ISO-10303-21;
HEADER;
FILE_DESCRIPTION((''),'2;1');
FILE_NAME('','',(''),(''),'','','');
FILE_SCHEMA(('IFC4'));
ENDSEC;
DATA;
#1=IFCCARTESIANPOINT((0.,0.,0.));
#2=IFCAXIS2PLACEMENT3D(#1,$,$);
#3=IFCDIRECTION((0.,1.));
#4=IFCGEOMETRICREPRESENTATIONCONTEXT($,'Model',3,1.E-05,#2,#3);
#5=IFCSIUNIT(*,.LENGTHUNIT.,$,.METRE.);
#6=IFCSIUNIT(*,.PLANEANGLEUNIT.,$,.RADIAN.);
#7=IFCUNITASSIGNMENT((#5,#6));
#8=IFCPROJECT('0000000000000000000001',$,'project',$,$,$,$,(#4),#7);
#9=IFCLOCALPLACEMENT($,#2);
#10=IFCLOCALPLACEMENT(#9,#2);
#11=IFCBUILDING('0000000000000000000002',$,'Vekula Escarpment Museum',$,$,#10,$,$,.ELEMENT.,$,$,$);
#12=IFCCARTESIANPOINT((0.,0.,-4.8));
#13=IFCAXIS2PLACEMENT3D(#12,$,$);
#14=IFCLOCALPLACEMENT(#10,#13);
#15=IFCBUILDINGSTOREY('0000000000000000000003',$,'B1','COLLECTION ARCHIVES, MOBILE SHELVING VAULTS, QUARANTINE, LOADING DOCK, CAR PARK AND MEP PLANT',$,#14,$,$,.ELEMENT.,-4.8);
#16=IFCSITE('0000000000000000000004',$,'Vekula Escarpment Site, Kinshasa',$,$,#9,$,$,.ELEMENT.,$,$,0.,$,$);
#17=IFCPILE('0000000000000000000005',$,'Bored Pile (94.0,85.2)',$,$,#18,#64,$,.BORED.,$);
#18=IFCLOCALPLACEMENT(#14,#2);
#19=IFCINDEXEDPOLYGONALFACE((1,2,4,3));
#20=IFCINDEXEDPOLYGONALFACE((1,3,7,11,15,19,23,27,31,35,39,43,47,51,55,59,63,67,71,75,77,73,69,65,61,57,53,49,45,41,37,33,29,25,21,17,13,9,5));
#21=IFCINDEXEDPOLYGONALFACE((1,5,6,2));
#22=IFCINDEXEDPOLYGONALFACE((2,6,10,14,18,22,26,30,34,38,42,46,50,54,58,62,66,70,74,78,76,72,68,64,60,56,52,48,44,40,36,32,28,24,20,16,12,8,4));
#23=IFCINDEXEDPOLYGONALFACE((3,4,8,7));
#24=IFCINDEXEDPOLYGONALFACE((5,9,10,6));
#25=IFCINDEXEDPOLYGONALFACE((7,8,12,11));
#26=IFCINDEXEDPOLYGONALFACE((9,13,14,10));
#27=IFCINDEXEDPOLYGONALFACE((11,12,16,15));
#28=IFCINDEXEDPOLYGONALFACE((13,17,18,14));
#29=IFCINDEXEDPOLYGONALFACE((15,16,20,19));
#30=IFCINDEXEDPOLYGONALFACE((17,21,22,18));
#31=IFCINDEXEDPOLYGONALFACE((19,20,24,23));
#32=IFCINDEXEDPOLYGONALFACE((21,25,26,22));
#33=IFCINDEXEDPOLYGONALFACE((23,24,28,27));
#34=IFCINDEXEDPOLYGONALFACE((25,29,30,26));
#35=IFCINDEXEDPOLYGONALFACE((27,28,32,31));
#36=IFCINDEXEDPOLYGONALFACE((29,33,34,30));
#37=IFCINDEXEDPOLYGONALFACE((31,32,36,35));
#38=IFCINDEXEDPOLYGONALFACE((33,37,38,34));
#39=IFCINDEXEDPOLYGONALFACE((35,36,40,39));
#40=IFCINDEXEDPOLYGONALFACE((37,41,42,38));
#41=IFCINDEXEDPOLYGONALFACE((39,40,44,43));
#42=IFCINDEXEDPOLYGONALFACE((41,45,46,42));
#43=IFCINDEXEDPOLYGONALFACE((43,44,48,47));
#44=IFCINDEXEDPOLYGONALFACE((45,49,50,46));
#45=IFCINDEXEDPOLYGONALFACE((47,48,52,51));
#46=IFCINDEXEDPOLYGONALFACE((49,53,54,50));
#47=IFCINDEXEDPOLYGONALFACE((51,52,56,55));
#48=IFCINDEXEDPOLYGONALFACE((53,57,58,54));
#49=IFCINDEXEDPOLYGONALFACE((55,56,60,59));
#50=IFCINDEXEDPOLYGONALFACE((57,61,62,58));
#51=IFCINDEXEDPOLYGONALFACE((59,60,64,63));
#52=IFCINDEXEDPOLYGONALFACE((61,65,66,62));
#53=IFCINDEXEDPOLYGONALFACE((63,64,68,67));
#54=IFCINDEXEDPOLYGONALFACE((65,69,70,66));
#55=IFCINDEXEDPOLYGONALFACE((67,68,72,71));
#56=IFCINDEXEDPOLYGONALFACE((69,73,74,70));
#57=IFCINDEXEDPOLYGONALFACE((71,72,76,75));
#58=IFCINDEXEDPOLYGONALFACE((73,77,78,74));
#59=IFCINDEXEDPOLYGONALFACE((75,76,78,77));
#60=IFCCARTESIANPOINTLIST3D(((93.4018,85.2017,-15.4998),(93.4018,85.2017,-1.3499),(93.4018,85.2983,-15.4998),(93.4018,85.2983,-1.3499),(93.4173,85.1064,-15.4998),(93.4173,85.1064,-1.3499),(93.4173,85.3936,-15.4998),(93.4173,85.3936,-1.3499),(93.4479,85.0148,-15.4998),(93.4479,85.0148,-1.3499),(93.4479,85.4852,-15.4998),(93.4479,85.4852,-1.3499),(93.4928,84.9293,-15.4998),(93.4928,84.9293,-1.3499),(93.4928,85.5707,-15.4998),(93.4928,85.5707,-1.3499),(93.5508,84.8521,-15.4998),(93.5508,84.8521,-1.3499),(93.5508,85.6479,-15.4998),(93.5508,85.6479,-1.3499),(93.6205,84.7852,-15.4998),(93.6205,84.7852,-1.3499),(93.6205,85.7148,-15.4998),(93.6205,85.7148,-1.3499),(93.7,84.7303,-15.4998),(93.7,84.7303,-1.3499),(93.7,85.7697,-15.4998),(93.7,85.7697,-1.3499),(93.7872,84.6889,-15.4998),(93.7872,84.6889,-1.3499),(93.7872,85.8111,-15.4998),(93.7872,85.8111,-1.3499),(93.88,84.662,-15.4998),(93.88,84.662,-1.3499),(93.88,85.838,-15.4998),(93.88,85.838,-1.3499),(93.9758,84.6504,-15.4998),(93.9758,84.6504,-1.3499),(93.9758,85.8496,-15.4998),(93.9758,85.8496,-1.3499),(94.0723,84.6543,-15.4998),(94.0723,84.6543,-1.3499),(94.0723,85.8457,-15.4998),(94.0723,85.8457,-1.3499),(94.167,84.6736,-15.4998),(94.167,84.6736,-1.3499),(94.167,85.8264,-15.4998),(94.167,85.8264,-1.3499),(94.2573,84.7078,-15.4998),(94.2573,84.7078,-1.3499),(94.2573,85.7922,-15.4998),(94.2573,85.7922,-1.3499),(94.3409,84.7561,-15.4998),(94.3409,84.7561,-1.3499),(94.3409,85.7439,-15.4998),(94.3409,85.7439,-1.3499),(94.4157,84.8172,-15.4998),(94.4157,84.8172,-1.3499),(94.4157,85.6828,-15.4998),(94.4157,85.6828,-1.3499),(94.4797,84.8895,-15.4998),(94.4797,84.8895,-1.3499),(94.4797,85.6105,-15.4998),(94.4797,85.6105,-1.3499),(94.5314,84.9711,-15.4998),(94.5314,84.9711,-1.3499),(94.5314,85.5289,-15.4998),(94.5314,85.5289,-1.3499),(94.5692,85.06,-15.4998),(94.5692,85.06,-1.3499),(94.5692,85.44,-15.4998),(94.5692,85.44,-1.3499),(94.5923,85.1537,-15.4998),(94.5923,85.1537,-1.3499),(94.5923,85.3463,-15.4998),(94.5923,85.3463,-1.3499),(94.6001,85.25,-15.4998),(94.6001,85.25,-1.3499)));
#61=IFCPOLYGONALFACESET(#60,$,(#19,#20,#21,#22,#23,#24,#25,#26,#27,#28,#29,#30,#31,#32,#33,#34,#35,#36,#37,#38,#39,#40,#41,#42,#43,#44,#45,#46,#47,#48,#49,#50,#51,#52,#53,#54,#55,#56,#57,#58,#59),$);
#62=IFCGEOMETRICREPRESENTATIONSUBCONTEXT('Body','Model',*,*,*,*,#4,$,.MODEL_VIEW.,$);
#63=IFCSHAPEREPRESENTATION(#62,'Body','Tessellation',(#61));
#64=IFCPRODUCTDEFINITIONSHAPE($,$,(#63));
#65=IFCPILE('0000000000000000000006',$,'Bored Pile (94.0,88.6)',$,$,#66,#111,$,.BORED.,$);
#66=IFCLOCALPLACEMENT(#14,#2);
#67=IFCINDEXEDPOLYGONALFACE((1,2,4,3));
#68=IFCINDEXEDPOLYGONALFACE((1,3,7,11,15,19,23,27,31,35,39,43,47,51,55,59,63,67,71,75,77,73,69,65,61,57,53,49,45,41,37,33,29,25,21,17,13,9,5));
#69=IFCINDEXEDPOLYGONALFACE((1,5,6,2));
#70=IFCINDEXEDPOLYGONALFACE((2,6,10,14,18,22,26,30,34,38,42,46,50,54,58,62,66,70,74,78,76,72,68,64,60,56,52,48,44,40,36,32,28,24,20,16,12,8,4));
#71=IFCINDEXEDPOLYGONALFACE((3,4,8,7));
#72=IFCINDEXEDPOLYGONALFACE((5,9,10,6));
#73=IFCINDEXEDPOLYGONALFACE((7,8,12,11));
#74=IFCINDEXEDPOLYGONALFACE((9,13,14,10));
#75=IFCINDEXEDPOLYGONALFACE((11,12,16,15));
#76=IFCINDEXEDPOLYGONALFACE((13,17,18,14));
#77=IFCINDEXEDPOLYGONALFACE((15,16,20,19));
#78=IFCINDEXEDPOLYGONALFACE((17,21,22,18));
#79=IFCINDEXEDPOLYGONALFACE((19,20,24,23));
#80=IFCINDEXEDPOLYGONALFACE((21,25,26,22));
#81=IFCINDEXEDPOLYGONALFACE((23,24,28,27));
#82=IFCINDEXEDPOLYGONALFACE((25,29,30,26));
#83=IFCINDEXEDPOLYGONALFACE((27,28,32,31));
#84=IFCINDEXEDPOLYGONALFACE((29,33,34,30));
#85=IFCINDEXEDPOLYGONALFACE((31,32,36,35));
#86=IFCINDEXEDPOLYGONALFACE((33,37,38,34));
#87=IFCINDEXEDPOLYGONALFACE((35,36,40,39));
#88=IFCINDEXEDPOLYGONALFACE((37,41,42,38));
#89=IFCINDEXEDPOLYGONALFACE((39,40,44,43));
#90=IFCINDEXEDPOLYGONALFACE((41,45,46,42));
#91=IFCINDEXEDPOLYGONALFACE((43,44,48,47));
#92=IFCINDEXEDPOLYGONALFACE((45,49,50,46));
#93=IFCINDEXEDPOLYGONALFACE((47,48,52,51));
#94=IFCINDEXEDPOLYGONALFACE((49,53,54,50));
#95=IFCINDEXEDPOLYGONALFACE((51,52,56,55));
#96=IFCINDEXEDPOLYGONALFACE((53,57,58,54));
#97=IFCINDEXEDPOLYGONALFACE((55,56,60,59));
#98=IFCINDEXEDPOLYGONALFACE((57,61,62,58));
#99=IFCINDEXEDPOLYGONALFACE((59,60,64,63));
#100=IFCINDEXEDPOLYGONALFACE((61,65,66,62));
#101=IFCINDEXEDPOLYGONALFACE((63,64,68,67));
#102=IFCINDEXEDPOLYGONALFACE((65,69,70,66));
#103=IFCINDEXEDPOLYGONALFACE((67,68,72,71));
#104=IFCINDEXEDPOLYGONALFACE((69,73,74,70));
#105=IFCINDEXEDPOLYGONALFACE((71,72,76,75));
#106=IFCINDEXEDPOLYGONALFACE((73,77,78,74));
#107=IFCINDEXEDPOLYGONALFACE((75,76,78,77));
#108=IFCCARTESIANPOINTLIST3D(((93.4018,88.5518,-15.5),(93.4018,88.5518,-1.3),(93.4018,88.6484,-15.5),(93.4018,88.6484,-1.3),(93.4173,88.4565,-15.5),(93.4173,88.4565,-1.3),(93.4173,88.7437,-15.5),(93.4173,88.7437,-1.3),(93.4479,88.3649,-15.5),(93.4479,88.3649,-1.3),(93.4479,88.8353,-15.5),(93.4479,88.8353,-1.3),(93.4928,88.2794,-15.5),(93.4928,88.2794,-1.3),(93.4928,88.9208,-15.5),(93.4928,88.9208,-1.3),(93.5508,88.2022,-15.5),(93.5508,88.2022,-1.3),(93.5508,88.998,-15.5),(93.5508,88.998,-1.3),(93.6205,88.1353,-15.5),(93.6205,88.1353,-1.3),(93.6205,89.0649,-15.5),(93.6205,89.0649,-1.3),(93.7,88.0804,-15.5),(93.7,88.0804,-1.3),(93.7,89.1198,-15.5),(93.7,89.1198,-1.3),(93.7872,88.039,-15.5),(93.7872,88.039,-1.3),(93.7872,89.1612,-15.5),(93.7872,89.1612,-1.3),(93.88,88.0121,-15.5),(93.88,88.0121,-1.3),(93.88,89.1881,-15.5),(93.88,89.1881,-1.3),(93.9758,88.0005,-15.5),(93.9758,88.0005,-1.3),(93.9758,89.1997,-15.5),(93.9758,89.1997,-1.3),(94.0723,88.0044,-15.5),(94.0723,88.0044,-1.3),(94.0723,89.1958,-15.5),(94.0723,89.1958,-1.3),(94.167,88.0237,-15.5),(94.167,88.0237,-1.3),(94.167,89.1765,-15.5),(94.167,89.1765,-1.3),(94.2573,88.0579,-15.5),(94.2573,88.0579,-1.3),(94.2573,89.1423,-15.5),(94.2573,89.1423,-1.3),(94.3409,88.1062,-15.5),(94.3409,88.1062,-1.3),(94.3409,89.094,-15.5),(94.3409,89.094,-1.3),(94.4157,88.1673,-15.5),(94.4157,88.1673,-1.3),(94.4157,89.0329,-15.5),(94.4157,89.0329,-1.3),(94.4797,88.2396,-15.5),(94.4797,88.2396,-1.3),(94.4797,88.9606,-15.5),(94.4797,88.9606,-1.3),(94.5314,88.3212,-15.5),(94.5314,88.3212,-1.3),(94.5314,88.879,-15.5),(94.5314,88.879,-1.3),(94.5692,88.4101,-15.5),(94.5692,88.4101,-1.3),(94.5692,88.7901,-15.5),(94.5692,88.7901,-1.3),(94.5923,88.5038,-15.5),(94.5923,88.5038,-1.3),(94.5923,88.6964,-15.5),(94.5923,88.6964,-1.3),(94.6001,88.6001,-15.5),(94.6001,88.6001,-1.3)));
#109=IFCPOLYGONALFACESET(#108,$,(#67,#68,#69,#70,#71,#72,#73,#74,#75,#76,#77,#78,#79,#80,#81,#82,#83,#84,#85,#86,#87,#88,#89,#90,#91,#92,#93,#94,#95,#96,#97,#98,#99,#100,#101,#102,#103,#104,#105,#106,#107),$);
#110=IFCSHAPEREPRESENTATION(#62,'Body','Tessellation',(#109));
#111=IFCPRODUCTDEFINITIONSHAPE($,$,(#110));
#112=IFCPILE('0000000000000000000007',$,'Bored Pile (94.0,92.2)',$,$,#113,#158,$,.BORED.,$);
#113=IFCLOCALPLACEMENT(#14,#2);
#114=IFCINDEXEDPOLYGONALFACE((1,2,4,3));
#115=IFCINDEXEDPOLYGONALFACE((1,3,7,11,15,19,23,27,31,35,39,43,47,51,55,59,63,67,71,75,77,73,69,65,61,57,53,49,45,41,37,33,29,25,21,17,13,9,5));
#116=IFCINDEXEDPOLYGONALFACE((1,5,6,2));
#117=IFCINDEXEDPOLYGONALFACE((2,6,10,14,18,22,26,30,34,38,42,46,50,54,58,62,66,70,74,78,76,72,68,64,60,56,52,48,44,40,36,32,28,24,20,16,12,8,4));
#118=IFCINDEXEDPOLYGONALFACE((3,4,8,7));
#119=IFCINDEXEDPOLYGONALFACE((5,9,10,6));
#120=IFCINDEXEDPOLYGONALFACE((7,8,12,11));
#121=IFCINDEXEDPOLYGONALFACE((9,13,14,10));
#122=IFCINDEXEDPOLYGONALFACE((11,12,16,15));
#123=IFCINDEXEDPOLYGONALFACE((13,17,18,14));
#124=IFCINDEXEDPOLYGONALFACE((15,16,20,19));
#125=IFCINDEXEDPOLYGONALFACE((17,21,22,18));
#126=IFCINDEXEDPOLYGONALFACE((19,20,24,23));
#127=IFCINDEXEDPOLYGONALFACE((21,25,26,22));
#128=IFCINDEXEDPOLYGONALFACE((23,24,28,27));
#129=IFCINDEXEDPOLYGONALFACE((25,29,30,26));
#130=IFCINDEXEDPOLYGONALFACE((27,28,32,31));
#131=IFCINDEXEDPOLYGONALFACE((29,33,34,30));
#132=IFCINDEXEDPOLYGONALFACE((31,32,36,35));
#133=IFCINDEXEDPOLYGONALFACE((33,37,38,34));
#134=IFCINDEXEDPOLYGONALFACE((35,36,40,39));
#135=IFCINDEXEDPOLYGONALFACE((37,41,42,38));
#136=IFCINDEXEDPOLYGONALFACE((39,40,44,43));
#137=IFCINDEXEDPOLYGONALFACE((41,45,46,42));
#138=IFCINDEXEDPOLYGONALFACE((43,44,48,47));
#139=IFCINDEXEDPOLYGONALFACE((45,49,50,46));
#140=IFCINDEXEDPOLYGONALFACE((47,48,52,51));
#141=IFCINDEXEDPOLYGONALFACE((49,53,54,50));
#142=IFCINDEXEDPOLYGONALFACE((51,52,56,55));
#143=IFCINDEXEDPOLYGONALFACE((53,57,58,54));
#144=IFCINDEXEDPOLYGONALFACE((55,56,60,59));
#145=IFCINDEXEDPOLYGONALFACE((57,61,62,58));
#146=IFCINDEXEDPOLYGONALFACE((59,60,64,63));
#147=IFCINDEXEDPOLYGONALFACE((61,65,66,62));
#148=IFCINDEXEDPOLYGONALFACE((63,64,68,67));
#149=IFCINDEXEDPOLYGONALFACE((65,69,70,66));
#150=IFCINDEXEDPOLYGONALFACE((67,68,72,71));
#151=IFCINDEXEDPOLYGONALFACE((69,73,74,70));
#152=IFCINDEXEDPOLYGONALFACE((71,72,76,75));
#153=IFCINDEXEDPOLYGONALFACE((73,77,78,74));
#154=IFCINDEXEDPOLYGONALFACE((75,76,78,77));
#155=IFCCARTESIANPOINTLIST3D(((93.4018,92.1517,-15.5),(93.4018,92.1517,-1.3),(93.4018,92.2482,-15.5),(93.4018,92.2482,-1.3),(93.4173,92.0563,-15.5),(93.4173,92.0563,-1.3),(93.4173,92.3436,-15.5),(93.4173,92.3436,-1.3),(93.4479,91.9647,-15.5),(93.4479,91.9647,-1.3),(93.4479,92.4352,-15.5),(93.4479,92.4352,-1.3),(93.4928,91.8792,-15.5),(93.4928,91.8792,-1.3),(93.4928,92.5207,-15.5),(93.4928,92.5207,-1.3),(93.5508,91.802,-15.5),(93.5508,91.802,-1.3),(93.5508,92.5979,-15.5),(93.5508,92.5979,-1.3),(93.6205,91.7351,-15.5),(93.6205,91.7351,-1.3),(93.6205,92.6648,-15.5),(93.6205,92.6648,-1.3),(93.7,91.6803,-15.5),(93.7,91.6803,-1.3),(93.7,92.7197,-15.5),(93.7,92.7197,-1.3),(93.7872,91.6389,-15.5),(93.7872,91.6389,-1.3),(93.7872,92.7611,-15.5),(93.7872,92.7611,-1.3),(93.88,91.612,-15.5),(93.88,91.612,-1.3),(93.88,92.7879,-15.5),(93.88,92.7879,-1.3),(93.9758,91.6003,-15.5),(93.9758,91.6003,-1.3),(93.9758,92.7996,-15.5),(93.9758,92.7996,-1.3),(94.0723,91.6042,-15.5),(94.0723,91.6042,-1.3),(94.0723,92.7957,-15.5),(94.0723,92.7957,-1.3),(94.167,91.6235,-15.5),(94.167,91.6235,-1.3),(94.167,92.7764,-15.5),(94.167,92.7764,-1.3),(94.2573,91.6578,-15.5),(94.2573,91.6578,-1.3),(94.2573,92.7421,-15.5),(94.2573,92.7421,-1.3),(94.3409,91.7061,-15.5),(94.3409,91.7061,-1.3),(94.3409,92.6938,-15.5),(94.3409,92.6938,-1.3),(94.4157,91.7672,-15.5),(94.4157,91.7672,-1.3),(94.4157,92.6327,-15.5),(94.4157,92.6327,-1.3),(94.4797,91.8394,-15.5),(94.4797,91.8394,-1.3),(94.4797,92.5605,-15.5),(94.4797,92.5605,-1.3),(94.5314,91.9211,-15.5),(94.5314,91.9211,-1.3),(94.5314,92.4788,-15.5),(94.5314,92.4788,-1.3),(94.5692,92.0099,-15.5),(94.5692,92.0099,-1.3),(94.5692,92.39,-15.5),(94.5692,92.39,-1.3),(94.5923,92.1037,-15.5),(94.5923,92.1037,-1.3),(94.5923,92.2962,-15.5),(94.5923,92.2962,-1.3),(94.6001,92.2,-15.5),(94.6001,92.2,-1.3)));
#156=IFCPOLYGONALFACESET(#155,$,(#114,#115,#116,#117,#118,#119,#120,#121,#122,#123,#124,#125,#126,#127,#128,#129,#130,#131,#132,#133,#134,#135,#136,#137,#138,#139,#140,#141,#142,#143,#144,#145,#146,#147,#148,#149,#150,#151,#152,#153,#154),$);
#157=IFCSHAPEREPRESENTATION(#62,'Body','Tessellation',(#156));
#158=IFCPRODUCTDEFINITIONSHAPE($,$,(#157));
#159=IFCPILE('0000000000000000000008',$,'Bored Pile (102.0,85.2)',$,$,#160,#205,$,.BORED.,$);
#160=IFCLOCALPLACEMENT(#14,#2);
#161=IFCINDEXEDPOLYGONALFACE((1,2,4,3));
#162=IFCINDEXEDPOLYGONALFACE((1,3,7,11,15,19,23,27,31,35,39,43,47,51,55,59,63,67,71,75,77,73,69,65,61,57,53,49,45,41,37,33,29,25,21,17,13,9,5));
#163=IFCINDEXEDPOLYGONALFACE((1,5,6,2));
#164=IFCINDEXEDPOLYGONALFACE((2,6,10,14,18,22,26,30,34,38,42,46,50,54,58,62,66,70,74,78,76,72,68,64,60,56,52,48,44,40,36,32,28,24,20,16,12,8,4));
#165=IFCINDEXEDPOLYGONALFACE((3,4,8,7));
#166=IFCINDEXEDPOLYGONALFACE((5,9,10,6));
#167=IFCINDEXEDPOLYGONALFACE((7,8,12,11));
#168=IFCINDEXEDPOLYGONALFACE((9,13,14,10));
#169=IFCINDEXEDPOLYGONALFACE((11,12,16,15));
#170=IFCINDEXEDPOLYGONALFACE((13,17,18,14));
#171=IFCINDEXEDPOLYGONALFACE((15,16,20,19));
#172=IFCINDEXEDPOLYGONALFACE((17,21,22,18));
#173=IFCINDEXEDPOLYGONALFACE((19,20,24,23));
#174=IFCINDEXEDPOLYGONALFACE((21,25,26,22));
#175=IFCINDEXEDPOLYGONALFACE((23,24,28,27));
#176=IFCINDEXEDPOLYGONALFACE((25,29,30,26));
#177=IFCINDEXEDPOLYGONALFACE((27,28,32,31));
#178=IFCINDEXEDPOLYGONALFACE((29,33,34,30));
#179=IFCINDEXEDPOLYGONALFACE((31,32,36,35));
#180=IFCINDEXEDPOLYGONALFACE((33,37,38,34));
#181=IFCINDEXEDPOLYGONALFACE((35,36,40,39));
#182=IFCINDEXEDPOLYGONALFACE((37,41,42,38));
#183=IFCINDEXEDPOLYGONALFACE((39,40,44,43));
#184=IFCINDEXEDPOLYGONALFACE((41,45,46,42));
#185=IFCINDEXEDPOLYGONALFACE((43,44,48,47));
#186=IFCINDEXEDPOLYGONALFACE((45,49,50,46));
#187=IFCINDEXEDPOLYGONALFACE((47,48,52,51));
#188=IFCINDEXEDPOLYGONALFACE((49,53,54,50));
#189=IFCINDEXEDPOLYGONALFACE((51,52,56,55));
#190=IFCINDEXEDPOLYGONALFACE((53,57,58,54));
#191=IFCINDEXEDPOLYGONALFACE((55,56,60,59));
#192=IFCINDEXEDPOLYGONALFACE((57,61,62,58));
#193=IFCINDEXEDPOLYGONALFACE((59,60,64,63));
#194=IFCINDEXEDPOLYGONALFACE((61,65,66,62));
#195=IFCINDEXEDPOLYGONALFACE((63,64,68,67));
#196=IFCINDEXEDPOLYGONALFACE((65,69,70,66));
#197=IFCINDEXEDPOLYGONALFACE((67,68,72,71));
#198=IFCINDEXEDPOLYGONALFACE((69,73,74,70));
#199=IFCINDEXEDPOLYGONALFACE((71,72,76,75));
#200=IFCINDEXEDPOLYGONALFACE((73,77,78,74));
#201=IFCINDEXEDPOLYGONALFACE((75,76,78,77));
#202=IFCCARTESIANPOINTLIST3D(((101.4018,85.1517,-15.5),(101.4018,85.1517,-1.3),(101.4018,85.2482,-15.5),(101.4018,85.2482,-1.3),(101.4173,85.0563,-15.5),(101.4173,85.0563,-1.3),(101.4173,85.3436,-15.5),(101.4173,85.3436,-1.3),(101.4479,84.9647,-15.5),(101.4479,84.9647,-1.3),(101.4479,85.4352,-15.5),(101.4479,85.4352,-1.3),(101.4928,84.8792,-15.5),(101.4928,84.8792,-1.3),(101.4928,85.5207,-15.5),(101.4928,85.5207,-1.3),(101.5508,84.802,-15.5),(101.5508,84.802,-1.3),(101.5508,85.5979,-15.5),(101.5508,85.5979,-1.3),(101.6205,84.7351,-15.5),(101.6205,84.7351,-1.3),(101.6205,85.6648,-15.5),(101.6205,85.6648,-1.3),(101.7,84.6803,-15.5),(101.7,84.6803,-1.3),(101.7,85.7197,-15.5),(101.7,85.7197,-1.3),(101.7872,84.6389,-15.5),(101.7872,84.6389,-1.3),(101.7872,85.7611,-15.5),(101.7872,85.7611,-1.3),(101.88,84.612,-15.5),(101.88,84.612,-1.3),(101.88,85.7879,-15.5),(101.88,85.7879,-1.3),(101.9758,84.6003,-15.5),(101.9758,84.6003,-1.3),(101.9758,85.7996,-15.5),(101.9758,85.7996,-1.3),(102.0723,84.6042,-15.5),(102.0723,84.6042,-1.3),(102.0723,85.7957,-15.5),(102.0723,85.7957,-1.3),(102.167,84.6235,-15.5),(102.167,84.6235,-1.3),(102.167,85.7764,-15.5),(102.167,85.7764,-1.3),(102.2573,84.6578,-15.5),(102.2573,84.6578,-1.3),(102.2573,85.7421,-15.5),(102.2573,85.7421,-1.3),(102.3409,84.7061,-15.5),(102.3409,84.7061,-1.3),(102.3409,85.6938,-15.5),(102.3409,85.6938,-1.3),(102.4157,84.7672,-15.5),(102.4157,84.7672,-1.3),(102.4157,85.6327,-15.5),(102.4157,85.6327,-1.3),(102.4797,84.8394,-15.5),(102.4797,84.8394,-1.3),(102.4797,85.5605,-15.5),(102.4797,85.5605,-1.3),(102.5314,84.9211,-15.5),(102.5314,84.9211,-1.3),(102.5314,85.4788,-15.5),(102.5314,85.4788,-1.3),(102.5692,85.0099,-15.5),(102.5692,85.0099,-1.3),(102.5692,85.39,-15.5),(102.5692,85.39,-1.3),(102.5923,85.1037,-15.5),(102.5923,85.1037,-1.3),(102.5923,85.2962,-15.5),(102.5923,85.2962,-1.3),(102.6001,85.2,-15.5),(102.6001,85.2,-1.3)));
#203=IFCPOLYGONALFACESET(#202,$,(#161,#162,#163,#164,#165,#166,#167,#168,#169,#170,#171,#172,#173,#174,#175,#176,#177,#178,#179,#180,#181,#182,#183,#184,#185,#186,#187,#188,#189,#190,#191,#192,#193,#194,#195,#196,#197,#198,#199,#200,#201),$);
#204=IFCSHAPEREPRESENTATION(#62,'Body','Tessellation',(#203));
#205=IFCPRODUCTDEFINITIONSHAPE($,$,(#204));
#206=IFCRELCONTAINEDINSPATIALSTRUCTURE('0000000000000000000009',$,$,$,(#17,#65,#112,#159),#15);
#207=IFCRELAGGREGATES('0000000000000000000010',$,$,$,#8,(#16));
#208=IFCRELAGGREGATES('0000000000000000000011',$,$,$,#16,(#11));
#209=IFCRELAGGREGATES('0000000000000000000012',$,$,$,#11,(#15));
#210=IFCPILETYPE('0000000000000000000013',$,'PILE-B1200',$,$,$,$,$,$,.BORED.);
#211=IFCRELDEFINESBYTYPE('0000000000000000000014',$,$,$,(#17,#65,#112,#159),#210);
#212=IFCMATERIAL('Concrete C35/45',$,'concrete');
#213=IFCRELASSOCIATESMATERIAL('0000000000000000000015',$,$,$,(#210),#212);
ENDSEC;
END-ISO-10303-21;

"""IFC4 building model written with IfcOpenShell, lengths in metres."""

from ifc_helpers import new_model, si_unit, direction, frame, origin, origin_2d, place, context, subcontext, project, spatial, circle, extrude, material, material_profile, profile_set, type_object, element, save


model = new_model("IFC4")

# Units and contexts
model_context = context("Model", 3, precision=1e-05, world=origin(), true_north=direction((0.0, 1.0)))
body_context = subcontext(model_context, "Body", "Model", "MODEL_VIEW")
ifc_project = project(units=[si_unit("LENGTHUNIT", "METRE"), si_unit("PLANEANGLEUNIT", "RADIAN")], contexts=[model_context])

# Site, building, storey
site_placement = place(None, origin())
site = spatial("IfcSite", under=ifc_project, at=site_placement, Name="Vekula Escarpment Site, Kinshasa", CompositionType="ELEMENT", RefElevation=0.0)
building_placement = place(site_placement, origin())
building = spatial("IfcBuilding", under=site, at=building_placement, Name="Vekula Escarpment Museum", CompositionType="ELEMENT")
storey_placement = place(building_placement, frame((0.0, 0.0, -4.8)))
storey = spatial("IfcBuildingStorey", under=building, at=storey_placement, Name="B1", Description="COLLECTION ARCHIVES, MOBILE SHELVING VAULTS, QUARANTINE, LOADING DOCK, CAR PARK AND MEP PLANT", CompositionType="ELEMENT", Elevation=-4.8)

# Piles
ifc_material_1 = material(Name="Concrete C35/45", Category="concrete")
ifc_material_profile_1 = material_profile(ifc_material_1, circle(Radius=0.6001, at=origin_2d()), Name="BORED PILE 1200")
ifc_profile_set_1 = profile_set([ifc_material_profile_1], Name="Concrete C35/45")
pile_type = type_object("IfcPileType", Name="PILE-B1200", PredefinedType="BORED", material=ifc_profile_set_1)
for number, where, z_axis, x_axis, name in (
    (1, (94.0, 85.25, -1.3499), (0.0, 0.0, -1.0), (1.0, 0.0, 0.0), "Bored Pile (94.0,85.2)"),
):
    element("IfcPile", number, at=place(storey_placement, frame(where, z_axis=z_axis, x_axis=x_axis)), inside=storey, type_object=pile_type, Name=name, PredefinedType="BORED", context=body_context, shape_type="SweptSolid", body=[
        extrude(circle(Radius=0.6001, at=origin_2d()), origin(), (0.0, 0.0, 1.0), 14.1499),
    ])
for number, where, z_axis, x_axis, name in (
    (2, (94.0, 88.6001, -1.3), (0.0, 0.0, -1.0), (1.0, 0.0, 0.0), "Bored Pile (94.0,88.6)"),
    (3, (94.0, 92.2, -1.3), (0.0, 0.0, -1.0), (1.0, 0.0, 0.0), "Bored Pile (94.0,92.2)"),
    (4, (102.0, 85.2, -1.3), (0.0, 0.0, -1.0), (1.0, 0.0, 0.0), "Bored Pile (102.0,85.2)"),
):
    element("IfcPile", number, at=place(storey_placement, frame(where, z_axis=z_axis, x_axis=x_axis)), inside=storey, type_object=pile_type, Name=name, PredefinedType="BORED", context=body_context, shape_type="SweptSolid", body=[
        extrude(circle(Radius=0.6001, at=origin_2d()), origin(), (0.0, 0.0, 1.0), 14.2),
    ])

save(model, "model.ifc")
